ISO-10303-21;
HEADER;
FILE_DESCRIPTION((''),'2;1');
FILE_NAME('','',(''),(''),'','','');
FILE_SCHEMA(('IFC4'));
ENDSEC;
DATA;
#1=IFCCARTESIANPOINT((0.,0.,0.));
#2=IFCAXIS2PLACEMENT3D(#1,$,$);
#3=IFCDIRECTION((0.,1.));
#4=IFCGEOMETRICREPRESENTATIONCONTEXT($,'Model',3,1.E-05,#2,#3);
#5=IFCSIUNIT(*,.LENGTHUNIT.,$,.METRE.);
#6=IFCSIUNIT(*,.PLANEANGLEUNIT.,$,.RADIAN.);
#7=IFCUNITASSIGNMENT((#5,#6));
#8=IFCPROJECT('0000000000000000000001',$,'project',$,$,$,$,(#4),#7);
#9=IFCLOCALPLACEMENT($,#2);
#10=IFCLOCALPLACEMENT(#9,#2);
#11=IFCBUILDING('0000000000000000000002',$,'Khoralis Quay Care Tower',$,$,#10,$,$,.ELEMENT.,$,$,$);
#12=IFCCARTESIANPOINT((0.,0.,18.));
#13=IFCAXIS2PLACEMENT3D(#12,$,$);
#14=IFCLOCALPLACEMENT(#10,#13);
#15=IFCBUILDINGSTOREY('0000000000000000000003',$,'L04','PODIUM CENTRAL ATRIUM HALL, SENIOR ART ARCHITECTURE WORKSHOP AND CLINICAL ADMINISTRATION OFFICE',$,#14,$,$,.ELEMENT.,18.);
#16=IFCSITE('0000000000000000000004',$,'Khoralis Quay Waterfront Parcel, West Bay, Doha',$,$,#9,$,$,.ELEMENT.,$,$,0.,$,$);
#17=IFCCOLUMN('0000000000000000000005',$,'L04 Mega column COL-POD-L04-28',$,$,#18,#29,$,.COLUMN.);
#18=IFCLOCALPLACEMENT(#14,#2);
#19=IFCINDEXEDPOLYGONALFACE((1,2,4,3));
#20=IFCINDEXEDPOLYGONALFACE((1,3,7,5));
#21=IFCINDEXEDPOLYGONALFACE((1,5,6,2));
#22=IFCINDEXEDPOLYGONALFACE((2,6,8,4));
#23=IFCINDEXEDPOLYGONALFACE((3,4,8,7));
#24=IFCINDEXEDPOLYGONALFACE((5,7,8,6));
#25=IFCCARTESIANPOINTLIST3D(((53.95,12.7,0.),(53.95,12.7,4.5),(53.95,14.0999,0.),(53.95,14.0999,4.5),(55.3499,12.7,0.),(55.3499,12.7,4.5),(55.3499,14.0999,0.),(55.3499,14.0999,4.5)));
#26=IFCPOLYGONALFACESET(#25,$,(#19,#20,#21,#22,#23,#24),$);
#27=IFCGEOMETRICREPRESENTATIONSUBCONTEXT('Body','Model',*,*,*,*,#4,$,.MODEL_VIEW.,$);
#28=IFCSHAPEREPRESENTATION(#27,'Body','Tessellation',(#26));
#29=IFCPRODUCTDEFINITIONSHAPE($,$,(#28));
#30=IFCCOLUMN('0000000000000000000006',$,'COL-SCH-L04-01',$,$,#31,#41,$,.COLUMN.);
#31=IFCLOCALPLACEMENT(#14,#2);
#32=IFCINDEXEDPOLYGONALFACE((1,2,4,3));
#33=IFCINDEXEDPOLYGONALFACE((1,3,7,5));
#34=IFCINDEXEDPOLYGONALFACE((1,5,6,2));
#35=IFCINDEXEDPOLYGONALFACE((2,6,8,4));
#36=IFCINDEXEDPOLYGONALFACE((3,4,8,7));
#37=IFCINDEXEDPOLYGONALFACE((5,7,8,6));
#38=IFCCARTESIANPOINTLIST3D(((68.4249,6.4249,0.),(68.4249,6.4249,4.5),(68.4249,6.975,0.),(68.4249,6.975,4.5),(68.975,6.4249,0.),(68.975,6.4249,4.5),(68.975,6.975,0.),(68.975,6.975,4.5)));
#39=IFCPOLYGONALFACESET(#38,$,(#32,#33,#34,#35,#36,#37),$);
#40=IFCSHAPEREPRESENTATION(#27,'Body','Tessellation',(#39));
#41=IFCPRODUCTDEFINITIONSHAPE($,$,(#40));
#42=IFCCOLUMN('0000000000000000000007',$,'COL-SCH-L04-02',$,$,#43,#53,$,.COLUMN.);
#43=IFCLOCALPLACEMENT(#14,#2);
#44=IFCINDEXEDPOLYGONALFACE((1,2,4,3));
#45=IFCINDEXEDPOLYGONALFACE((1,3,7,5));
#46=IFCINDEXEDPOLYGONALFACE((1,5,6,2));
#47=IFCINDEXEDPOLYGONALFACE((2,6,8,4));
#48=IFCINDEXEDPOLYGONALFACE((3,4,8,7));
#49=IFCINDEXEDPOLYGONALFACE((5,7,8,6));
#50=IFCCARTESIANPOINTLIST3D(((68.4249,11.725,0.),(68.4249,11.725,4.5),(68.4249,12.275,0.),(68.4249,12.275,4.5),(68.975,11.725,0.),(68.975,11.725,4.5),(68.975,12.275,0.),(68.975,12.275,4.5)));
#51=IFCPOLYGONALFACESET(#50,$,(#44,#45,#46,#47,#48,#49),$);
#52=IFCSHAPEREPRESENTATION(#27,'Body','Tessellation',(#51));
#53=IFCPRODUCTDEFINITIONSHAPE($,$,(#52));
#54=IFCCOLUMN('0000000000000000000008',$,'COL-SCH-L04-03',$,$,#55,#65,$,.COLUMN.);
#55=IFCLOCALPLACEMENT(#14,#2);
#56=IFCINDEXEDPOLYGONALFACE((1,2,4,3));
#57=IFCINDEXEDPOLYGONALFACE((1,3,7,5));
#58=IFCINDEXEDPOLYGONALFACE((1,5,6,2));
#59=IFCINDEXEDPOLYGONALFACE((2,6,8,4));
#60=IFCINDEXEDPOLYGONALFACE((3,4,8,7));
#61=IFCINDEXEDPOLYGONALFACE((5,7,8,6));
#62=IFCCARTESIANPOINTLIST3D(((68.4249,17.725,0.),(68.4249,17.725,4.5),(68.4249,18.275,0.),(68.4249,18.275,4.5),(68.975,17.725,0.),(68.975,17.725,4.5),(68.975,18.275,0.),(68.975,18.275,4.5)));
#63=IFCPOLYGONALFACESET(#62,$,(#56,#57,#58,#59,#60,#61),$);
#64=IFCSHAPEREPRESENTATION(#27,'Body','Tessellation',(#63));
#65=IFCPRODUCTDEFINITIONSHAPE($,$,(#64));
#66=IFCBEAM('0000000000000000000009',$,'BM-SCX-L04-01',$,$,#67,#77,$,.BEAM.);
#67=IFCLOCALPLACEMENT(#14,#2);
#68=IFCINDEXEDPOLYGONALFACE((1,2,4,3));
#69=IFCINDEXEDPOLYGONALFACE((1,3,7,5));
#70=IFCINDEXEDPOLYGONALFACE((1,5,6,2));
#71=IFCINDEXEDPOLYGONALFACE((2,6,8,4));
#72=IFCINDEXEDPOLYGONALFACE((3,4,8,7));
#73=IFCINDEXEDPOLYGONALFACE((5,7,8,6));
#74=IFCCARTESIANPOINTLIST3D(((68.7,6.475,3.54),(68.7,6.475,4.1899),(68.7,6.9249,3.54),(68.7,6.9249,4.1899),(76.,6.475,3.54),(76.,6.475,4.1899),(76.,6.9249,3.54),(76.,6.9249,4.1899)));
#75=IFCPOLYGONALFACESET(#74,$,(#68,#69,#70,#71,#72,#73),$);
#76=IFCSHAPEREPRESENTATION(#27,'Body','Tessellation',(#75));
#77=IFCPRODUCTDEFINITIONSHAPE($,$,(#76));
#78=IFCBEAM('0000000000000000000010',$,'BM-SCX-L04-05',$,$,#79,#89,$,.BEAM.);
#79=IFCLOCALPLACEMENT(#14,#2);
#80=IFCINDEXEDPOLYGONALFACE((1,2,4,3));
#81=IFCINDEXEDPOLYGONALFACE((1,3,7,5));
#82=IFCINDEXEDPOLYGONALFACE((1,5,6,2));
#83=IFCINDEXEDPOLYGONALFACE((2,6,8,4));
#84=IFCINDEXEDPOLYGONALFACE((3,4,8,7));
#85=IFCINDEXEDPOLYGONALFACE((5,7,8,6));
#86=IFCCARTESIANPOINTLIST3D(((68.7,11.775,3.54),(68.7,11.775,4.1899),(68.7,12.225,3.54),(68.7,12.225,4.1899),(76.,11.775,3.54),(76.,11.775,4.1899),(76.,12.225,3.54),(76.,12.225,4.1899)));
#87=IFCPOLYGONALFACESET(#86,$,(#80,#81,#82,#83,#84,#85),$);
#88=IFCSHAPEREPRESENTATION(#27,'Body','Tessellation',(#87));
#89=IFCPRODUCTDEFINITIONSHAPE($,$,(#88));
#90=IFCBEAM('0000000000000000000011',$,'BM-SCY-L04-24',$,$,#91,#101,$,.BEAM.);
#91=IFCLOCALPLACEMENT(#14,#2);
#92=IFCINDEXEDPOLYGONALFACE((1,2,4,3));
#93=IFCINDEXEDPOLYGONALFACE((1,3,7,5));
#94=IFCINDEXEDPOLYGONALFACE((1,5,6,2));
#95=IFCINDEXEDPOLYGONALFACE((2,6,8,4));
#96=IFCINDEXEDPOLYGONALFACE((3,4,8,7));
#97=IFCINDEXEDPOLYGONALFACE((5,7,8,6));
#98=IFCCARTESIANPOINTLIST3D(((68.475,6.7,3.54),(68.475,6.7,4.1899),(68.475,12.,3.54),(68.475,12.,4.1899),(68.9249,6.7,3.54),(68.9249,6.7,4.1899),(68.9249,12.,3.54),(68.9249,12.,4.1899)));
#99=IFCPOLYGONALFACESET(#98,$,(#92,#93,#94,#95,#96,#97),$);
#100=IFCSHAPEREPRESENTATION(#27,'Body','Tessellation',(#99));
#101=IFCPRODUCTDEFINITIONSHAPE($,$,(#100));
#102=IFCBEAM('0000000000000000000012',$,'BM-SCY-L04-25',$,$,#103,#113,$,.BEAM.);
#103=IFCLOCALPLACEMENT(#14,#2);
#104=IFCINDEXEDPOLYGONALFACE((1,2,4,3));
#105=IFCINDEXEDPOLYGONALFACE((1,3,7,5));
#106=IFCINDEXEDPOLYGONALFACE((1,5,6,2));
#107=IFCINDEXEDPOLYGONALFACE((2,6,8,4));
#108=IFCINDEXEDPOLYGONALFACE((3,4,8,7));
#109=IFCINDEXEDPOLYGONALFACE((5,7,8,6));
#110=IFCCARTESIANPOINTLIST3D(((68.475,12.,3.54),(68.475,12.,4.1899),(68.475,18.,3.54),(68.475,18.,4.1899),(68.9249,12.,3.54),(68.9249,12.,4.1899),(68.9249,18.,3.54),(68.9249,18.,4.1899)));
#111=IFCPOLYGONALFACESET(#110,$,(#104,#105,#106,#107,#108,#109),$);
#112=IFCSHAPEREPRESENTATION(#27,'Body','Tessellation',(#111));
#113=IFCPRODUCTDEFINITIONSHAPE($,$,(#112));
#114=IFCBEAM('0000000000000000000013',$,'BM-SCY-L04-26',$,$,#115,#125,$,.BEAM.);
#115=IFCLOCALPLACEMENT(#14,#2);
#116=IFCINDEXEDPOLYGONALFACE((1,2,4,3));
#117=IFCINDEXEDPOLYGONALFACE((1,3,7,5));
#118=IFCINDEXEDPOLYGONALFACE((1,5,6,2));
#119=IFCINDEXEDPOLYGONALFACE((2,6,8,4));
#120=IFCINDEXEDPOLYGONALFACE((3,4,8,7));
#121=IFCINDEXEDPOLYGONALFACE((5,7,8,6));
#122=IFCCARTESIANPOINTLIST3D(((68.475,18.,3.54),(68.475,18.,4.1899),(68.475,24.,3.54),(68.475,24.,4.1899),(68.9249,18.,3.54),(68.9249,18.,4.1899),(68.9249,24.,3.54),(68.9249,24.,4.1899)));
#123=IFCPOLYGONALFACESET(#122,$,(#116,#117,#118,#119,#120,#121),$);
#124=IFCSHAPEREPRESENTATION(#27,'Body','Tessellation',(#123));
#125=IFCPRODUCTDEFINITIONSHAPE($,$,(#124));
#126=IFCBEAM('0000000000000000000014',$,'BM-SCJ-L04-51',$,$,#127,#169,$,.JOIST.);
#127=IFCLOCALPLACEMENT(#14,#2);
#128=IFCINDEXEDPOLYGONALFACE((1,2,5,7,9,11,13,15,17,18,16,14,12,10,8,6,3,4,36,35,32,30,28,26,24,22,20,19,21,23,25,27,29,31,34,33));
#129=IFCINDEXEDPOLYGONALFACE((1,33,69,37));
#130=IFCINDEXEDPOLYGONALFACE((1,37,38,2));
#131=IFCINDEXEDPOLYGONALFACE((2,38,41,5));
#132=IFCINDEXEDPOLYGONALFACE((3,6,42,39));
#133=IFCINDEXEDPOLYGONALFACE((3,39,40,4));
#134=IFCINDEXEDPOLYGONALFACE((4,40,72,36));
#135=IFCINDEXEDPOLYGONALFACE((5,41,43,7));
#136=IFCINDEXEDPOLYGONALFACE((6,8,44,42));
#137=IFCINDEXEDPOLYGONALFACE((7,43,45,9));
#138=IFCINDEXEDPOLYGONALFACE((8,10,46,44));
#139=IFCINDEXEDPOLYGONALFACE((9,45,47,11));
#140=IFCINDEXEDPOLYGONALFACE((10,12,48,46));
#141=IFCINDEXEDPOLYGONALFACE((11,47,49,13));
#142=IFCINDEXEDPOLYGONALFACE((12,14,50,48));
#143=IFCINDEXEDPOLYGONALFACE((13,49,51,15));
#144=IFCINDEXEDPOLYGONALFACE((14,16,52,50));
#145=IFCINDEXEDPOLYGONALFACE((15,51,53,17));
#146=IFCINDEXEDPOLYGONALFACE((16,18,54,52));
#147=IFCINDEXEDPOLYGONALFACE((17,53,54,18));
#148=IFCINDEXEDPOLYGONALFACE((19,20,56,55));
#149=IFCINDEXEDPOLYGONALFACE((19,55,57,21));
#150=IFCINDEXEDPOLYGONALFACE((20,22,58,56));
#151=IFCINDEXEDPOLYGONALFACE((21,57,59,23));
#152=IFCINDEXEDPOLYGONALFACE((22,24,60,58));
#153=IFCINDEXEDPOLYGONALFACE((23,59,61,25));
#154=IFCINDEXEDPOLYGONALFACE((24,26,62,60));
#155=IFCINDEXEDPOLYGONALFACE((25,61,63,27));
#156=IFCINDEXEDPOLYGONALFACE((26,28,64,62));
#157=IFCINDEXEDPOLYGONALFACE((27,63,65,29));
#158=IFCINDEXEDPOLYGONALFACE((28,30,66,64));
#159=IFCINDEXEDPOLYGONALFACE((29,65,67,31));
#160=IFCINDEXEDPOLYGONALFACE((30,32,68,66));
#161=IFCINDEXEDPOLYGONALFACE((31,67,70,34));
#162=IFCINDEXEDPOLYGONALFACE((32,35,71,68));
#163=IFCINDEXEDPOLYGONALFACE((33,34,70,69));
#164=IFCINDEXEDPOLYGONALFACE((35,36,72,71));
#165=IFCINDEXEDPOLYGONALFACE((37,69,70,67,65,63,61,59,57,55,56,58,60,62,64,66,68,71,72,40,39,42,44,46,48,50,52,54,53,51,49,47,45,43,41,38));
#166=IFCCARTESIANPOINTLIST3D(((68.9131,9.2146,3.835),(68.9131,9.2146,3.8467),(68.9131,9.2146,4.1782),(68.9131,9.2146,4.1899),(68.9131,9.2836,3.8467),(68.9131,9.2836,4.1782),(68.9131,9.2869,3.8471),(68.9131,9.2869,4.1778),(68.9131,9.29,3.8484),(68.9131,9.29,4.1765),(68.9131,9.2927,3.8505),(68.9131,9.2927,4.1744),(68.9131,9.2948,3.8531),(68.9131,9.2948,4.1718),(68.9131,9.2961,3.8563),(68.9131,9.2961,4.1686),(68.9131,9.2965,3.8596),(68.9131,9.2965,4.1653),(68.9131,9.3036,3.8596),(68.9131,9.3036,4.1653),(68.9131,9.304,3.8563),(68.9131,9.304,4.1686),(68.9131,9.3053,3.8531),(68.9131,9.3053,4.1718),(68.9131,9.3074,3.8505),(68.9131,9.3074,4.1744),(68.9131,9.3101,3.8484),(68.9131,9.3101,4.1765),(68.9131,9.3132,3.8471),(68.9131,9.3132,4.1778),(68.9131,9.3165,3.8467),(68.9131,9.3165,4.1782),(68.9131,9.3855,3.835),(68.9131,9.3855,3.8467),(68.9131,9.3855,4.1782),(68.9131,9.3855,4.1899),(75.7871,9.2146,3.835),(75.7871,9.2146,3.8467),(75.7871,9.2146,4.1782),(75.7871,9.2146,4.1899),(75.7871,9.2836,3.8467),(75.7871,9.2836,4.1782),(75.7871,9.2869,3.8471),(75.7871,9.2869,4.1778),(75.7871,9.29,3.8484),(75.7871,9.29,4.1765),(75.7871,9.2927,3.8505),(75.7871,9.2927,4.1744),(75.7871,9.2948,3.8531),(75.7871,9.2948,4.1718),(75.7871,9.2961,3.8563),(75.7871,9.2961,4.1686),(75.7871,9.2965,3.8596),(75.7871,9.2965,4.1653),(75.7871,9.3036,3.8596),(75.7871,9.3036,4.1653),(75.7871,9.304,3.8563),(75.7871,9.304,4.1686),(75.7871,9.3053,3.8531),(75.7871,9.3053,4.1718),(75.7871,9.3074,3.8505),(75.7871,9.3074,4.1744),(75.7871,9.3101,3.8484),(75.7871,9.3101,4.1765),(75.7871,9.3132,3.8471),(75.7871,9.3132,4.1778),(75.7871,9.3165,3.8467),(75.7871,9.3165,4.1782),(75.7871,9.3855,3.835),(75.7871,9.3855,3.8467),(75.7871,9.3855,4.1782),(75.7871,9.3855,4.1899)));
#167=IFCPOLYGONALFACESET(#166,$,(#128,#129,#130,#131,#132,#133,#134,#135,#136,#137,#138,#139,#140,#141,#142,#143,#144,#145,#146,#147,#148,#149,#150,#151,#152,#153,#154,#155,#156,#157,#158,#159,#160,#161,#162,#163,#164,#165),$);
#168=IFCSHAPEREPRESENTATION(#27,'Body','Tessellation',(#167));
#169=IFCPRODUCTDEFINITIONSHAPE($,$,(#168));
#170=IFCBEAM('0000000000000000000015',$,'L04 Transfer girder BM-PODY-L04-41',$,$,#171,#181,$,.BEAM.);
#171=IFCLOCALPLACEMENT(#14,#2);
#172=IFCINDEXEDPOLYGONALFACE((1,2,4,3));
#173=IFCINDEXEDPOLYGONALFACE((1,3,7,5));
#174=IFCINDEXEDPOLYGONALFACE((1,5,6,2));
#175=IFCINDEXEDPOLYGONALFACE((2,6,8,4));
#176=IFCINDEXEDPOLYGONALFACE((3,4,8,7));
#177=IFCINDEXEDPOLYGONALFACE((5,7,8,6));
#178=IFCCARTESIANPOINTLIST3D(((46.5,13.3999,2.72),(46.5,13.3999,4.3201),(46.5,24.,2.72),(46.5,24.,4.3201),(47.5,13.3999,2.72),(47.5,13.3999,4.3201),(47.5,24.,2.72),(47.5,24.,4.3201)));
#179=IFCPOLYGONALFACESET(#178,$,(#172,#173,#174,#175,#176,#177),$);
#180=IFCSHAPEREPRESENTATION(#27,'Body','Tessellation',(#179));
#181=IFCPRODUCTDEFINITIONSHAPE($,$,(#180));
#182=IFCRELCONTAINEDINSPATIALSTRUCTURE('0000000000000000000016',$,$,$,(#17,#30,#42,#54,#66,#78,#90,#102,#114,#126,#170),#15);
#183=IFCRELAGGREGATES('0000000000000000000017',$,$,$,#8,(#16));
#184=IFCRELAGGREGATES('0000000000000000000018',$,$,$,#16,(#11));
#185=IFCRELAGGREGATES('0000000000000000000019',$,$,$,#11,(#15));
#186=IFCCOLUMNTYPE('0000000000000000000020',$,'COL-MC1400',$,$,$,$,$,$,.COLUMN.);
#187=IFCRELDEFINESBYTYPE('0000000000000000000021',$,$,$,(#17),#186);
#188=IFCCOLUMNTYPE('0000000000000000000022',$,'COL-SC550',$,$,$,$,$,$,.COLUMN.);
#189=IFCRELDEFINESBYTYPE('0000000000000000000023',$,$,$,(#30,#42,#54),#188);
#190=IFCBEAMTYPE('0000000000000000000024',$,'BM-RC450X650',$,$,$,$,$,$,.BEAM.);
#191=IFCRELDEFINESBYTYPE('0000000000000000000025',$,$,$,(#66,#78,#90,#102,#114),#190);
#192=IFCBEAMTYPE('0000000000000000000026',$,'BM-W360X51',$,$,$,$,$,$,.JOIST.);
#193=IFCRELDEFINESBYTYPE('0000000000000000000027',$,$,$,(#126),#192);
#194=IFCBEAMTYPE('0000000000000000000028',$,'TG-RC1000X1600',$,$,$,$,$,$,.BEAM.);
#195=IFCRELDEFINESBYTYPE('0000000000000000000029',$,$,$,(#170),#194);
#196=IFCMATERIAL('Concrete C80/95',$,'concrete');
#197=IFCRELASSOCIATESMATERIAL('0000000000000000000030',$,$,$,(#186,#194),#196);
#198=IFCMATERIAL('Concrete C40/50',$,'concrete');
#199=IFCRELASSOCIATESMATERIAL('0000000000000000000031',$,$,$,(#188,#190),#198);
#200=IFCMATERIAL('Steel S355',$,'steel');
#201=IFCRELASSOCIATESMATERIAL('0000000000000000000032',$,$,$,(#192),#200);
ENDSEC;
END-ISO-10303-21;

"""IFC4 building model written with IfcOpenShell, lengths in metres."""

from ifc_helpers import new_model, si_unit, direction, frame, origin, origin_2d, place, context, subcontext, project, spatial, rectangle, i_section, extrude, source, transform, mapped, material, material_profile, profile_set, type_object, element, save


model = new_model("IFC4")

# Units and contexts
model_context = context("Model", 3, precision=1e-05, world=origin(), true_north=direction((0.0, 1.0)))
body_context = subcontext(model_context, "Body", "Model", "MODEL_VIEW")
ifc_project = project(units=[si_unit("LENGTHUNIT", "METRE"), si_unit("PLANEANGLEUNIT", "RADIAN")], contexts=[model_context])

# Site, building, storey
site_placement = place(None, origin())
site = spatial("IfcSite", under=ifc_project, at=site_placement, Name="Khoralis Quay Waterfront Parcel, West Bay, Doha", CompositionType="ELEMENT", RefElevation=0.0)
building_placement = place(site_placement, origin())
building = spatial("IfcBuilding", under=site, at=building_placement, Name="Khoralis Quay Care Tower", CompositionType="ELEMENT")
storey_placement = place(building_placement, frame((0.0, 0.0, 18.0)))
storey = spatial("IfcBuildingStorey", under=building, at=storey_placement, Name="L04", Description="PODIUM CENTRAL ATRIUM HALL, SENIOR ART ARCHITECTURE WORKSHOP AND CLINICAL ADMINISTRATION OFFICE", CompositionType="ELEMENT", Elevation=18.0)

# Columns
ifc_material_1 = material(Name="Concrete C80/95", Category="concrete")
ifc_material_profile_1 = material_profile(ifc_material_1, rectangle(XDim=1.3999, YDim=1.3999, at=origin_2d()), Name="Concrete C80/95")
ifc_profile_set_1 = profile_set([ifc_material_profile_1], Name="Concrete C80/95")
column_type_1 = type_object("IfcColumnType", Name="COL-MC1400", PredefinedType="COLUMN", material=ifc_profile_set_1)
shared_shape_1 = source(origin(), body_context, "Body", "SweptSolid", [
    extrude(rectangle(XDim=1.3999, YDim=1.3999, at=origin_2d()), origin(), (0.0, 0.0, 1.0), 4.5),
])
column_placement = place(storey_placement, frame((54.6499, 13.3999, 0.0), z_axis=(0.0, 0.0, 1.0), x_axis=(1.0, 0.0, 0.0)))
element("IfcColumn", 1, at=column_placement, inside=storey, type_object=column_type_1, Name="L04 Mega column COL-POD-L04-28", PredefinedType="COLUMN", context=body_context, shape_type="MappedRepresentation", body=[
    mapped(shared_shape_1, transform((0.0, 0.0, 0.0), scale=1.0)),
])
ifc_material_2 = material(Name="Concrete C40/50", Category="concrete")
ifc_material_profile_2 = material_profile(ifc_material_2, rectangle(XDim=0.55, YDim=0.55, at=origin_2d()), Name="Concrete C40/50")
ifc_profile_set_2 = profile_set([ifc_material_profile_2], Name="Concrete C40/50")
column_type_2 = type_object("IfcColumnType", Name="COL-SC550", PredefinedType="COLUMN", material=ifc_profile_set_2)
shared_shape_2 = source(origin(), body_context, "Body", "SweptSolid", [
    extrude(rectangle(XDim=0.55, YDim=0.55, at=origin_2d()), origin(), (0.0, 0.0, 1.0), 4.5),
])
for number, where, z_axis, x_axis, name in (
    (2, (68.7, 6.7, 0.0), (0.0, 0.0, 1.0), (1.0, 0.0, 0.0), "COL-SCH-L04-01"),
    (3, (68.7, 12.0, 0.0), (0.0, 0.0, 1.0), (1.0, 0.0, 0.0), "COL-SCH-L04-02"),
    (4, (68.7, 18.0, 0.0), (0.0, 0.0, 1.0), (1.0, 0.0, 0.0), "COL-SCH-L04-03"),
):
    element("IfcColumn", number, at=place(storey_placement, frame(where, z_axis=z_axis, x_axis=x_axis)), inside=storey, type_object=column_type_2, Name=name, PredefinedType="COLUMN", context=body_context, shape_type="MappedRepresentation", body=[
        mapped(shared_shape_2, transform((0.0, 0.0, 0.0), scale=1.0)),
    ])

# Beams
ifc_material_profile_3 = material_profile(ifc_material_2, rectangle(XDim=0.45, YDim=0.6499, at=origin_2d()), Name="Concrete C40/50")
ifc_profile_set_3 = profile_set([ifc_material_profile_3], Name="Concrete C40/50")
beam_type_1 = type_object("IfcBeamType", Name="BM-RC450X650", PredefinedType="BEAM", material=ifc_profile_set_3)
shared_shape_3 = source(origin(), body_context, "Body", "SweptSolid", [
    extrude(rectangle(XDim=0.45, YDim=0.6499, at=origin_2d()), origin(), (0.0, 0.0, 1.0), 7.3),
])
for number, where, z_axis, x_axis, name in (
    (5, (68.7, 6.7, 3.865), (1.0, 0.0, 0.0), (0.0, 1.0, 0.0), "BM-SCX-L04-01"),
    (6, (68.7, 12.0, 3.865), (1.0, 0.0, 0.0), (0.0, 1.0, 0.0), "BM-SCX-L04-05"),
):
    element("IfcBeam", number, at=place(storey_placement, frame(where, z_axis=z_axis, x_axis=x_axis)), inside=storey, type_object=beam_type_1, Name=name, PredefinedType="BEAM", context=body_context, shape_type="MappedRepresentation", body=[
        mapped(shared_shape_3, transform((0.0, 0.0, 0.0), scale=1.0)),
    ])
shared_shape_4 = source(origin(), body_context, "Body", "SweptSolid", [
    extrude(rectangle(XDim=0.45, YDim=0.6499, at=origin_2d()), origin(), (0.0, 0.0, 1.0), 5.3),
])
beam_1_placement = place(storey_placement, frame((68.7, 6.7, 3.865), z_axis=(0.0, 1.0, 0.0), x_axis=(-1.0, 0.0, 0.0)))
element("IfcBeam", 7, at=beam_1_placement, inside=storey, type_object=beam_type_1, Name="BM-SCY-L04-24", PredefinedType="BEAM", context=body_context, shape_type="MappedRepresentation", body=[
    mapped(shared_shape_4, transform((0.0, 0.0, 0.0), scale=1.0)),
])
shared_shape_5 = source(origin(), body_context, "Body", "SweptSolid", [
    extrude(rectangle(XDim=0.45, YDim=0.6499, at=origin_2d()), origin(), (0.0, 0.0, 1.0), 6.0),
])
for number, where, z_axis, x_axis, name in (
    (8, (68.7, 12.0, 3.865), (0.0, 1.0, 0.0), (-1.0, 0.0, 0.0), "BM-SCY-L04-25"),
    (9, (68.7, 18.0, 3.865), (0.0, 1.0, 0.0), (-1.0, 0.0, 0.0), "BM-SCY-L04-26"),
):
    element("IfcBeam", number, at=place(storey_placement, frame(where, z_axis=z_axis, x_axis=x_axis)), inside=storey, type_object=beam_type_1, Name=name, PredefinedType="BEAM", context=body_context, shape_type="MappedRepresentation", body=[
        mapped(shared_shape_5, transform((0.0, 0.0, 0.0), scale=1.0)),
    ])
ifc_material_3 = material(Name="Steel S355", Category="steel")
ifc_material_profile_4 = material_profile(ifc_material_3, i_section(OverallWidth=0.1709, OverallDepth=0.355, WebThickness=0.0071, FlangeThickness=0.0117, FilletRadius=0.0129, at=origin_2d()), Name="Steel S355")
ifc_profile_set_4 = profile_set([ifc_material_profile_4], Name="Steel S355")
beam_type_2 = type_object("IfcBeamType", Name="BM-W360X51", PredefinedType="JOIST", material=ifc_profile_set_4)
shared_shape_6 = source(origin(), body_context, "Body", "SweptSolid", [
    extrude(i_section(OverallWidth=0.1709, OverallDepth=0.355, WebThickness=0.0071, FlangeThickness=0.0117, FilletRadius=0.0129, at=origin_2d()), origin(), (0.0, 0.0, 1.0), 6.874),
])
beam_2_placement = place(storey_placement, frame((68.9131, 9.3, 4.0125), z_axis=(1.0, 0.0, 0.0), x_axis=(0.0, 1.0, 0.0)))
element("IfcBeam", 10, at=beam_2_placement, inside=storey, type_object=beam_type_2, Name="BM-SCJ-L04-51", PredefinedType="JOIST", context=body_context, shape_type="MappedRepresentation", body=[
    mapped(shared_shape_6, transform((0.0, 0.0, 0.0), scale=1.0)),
])
ifc_material_profile_5 = material_profile(ifc_material_1, rectangle(XDim=1.0, YDim=1.6001, at=origin_2d()), Name="Concrete C80/95")
ifc_profile_set_5 = profile_set([ifc_material_profile_5], Name="Concrete C80/95")
beam_type_3 = type_object("IfcBeamType", Name="TG-RC1000X1600", PredefinedType="BEAM", material=ifc_profile_set_5)
shared_shape_7 = source(origin(), body_context, "Body", "SweptSolid", [
    extrude(rectangle(XDim=1.0, YDim=1.6001, at=origin_2d()), origin(), (0.0, 0.0, 1.0), 10.6001),
])
for number, where, z_axis, x_axis, name in (
    (11, (47.0, 13.3999, 3.52), (0.0, 1.0, 0.0), (-1.0, 0.0, 0.0), "L04 Transfer girder BM-PODY-L04-41"),
):
    element("IfcBeam", number, at=place(storey_placement, frame(where, z_axis=z_axis, x_axis=x_axis)), inside=storey, type_object=beam_type_3, Name=name, PredefinedType="BEAM", context=body_context, shape_type="MappedRepresentation", body=[
        mapped(shared_shape_7, transform((0.0, 0.0, 0.0), scale=1.0)),
    ])

save(model, "model.ifc")
